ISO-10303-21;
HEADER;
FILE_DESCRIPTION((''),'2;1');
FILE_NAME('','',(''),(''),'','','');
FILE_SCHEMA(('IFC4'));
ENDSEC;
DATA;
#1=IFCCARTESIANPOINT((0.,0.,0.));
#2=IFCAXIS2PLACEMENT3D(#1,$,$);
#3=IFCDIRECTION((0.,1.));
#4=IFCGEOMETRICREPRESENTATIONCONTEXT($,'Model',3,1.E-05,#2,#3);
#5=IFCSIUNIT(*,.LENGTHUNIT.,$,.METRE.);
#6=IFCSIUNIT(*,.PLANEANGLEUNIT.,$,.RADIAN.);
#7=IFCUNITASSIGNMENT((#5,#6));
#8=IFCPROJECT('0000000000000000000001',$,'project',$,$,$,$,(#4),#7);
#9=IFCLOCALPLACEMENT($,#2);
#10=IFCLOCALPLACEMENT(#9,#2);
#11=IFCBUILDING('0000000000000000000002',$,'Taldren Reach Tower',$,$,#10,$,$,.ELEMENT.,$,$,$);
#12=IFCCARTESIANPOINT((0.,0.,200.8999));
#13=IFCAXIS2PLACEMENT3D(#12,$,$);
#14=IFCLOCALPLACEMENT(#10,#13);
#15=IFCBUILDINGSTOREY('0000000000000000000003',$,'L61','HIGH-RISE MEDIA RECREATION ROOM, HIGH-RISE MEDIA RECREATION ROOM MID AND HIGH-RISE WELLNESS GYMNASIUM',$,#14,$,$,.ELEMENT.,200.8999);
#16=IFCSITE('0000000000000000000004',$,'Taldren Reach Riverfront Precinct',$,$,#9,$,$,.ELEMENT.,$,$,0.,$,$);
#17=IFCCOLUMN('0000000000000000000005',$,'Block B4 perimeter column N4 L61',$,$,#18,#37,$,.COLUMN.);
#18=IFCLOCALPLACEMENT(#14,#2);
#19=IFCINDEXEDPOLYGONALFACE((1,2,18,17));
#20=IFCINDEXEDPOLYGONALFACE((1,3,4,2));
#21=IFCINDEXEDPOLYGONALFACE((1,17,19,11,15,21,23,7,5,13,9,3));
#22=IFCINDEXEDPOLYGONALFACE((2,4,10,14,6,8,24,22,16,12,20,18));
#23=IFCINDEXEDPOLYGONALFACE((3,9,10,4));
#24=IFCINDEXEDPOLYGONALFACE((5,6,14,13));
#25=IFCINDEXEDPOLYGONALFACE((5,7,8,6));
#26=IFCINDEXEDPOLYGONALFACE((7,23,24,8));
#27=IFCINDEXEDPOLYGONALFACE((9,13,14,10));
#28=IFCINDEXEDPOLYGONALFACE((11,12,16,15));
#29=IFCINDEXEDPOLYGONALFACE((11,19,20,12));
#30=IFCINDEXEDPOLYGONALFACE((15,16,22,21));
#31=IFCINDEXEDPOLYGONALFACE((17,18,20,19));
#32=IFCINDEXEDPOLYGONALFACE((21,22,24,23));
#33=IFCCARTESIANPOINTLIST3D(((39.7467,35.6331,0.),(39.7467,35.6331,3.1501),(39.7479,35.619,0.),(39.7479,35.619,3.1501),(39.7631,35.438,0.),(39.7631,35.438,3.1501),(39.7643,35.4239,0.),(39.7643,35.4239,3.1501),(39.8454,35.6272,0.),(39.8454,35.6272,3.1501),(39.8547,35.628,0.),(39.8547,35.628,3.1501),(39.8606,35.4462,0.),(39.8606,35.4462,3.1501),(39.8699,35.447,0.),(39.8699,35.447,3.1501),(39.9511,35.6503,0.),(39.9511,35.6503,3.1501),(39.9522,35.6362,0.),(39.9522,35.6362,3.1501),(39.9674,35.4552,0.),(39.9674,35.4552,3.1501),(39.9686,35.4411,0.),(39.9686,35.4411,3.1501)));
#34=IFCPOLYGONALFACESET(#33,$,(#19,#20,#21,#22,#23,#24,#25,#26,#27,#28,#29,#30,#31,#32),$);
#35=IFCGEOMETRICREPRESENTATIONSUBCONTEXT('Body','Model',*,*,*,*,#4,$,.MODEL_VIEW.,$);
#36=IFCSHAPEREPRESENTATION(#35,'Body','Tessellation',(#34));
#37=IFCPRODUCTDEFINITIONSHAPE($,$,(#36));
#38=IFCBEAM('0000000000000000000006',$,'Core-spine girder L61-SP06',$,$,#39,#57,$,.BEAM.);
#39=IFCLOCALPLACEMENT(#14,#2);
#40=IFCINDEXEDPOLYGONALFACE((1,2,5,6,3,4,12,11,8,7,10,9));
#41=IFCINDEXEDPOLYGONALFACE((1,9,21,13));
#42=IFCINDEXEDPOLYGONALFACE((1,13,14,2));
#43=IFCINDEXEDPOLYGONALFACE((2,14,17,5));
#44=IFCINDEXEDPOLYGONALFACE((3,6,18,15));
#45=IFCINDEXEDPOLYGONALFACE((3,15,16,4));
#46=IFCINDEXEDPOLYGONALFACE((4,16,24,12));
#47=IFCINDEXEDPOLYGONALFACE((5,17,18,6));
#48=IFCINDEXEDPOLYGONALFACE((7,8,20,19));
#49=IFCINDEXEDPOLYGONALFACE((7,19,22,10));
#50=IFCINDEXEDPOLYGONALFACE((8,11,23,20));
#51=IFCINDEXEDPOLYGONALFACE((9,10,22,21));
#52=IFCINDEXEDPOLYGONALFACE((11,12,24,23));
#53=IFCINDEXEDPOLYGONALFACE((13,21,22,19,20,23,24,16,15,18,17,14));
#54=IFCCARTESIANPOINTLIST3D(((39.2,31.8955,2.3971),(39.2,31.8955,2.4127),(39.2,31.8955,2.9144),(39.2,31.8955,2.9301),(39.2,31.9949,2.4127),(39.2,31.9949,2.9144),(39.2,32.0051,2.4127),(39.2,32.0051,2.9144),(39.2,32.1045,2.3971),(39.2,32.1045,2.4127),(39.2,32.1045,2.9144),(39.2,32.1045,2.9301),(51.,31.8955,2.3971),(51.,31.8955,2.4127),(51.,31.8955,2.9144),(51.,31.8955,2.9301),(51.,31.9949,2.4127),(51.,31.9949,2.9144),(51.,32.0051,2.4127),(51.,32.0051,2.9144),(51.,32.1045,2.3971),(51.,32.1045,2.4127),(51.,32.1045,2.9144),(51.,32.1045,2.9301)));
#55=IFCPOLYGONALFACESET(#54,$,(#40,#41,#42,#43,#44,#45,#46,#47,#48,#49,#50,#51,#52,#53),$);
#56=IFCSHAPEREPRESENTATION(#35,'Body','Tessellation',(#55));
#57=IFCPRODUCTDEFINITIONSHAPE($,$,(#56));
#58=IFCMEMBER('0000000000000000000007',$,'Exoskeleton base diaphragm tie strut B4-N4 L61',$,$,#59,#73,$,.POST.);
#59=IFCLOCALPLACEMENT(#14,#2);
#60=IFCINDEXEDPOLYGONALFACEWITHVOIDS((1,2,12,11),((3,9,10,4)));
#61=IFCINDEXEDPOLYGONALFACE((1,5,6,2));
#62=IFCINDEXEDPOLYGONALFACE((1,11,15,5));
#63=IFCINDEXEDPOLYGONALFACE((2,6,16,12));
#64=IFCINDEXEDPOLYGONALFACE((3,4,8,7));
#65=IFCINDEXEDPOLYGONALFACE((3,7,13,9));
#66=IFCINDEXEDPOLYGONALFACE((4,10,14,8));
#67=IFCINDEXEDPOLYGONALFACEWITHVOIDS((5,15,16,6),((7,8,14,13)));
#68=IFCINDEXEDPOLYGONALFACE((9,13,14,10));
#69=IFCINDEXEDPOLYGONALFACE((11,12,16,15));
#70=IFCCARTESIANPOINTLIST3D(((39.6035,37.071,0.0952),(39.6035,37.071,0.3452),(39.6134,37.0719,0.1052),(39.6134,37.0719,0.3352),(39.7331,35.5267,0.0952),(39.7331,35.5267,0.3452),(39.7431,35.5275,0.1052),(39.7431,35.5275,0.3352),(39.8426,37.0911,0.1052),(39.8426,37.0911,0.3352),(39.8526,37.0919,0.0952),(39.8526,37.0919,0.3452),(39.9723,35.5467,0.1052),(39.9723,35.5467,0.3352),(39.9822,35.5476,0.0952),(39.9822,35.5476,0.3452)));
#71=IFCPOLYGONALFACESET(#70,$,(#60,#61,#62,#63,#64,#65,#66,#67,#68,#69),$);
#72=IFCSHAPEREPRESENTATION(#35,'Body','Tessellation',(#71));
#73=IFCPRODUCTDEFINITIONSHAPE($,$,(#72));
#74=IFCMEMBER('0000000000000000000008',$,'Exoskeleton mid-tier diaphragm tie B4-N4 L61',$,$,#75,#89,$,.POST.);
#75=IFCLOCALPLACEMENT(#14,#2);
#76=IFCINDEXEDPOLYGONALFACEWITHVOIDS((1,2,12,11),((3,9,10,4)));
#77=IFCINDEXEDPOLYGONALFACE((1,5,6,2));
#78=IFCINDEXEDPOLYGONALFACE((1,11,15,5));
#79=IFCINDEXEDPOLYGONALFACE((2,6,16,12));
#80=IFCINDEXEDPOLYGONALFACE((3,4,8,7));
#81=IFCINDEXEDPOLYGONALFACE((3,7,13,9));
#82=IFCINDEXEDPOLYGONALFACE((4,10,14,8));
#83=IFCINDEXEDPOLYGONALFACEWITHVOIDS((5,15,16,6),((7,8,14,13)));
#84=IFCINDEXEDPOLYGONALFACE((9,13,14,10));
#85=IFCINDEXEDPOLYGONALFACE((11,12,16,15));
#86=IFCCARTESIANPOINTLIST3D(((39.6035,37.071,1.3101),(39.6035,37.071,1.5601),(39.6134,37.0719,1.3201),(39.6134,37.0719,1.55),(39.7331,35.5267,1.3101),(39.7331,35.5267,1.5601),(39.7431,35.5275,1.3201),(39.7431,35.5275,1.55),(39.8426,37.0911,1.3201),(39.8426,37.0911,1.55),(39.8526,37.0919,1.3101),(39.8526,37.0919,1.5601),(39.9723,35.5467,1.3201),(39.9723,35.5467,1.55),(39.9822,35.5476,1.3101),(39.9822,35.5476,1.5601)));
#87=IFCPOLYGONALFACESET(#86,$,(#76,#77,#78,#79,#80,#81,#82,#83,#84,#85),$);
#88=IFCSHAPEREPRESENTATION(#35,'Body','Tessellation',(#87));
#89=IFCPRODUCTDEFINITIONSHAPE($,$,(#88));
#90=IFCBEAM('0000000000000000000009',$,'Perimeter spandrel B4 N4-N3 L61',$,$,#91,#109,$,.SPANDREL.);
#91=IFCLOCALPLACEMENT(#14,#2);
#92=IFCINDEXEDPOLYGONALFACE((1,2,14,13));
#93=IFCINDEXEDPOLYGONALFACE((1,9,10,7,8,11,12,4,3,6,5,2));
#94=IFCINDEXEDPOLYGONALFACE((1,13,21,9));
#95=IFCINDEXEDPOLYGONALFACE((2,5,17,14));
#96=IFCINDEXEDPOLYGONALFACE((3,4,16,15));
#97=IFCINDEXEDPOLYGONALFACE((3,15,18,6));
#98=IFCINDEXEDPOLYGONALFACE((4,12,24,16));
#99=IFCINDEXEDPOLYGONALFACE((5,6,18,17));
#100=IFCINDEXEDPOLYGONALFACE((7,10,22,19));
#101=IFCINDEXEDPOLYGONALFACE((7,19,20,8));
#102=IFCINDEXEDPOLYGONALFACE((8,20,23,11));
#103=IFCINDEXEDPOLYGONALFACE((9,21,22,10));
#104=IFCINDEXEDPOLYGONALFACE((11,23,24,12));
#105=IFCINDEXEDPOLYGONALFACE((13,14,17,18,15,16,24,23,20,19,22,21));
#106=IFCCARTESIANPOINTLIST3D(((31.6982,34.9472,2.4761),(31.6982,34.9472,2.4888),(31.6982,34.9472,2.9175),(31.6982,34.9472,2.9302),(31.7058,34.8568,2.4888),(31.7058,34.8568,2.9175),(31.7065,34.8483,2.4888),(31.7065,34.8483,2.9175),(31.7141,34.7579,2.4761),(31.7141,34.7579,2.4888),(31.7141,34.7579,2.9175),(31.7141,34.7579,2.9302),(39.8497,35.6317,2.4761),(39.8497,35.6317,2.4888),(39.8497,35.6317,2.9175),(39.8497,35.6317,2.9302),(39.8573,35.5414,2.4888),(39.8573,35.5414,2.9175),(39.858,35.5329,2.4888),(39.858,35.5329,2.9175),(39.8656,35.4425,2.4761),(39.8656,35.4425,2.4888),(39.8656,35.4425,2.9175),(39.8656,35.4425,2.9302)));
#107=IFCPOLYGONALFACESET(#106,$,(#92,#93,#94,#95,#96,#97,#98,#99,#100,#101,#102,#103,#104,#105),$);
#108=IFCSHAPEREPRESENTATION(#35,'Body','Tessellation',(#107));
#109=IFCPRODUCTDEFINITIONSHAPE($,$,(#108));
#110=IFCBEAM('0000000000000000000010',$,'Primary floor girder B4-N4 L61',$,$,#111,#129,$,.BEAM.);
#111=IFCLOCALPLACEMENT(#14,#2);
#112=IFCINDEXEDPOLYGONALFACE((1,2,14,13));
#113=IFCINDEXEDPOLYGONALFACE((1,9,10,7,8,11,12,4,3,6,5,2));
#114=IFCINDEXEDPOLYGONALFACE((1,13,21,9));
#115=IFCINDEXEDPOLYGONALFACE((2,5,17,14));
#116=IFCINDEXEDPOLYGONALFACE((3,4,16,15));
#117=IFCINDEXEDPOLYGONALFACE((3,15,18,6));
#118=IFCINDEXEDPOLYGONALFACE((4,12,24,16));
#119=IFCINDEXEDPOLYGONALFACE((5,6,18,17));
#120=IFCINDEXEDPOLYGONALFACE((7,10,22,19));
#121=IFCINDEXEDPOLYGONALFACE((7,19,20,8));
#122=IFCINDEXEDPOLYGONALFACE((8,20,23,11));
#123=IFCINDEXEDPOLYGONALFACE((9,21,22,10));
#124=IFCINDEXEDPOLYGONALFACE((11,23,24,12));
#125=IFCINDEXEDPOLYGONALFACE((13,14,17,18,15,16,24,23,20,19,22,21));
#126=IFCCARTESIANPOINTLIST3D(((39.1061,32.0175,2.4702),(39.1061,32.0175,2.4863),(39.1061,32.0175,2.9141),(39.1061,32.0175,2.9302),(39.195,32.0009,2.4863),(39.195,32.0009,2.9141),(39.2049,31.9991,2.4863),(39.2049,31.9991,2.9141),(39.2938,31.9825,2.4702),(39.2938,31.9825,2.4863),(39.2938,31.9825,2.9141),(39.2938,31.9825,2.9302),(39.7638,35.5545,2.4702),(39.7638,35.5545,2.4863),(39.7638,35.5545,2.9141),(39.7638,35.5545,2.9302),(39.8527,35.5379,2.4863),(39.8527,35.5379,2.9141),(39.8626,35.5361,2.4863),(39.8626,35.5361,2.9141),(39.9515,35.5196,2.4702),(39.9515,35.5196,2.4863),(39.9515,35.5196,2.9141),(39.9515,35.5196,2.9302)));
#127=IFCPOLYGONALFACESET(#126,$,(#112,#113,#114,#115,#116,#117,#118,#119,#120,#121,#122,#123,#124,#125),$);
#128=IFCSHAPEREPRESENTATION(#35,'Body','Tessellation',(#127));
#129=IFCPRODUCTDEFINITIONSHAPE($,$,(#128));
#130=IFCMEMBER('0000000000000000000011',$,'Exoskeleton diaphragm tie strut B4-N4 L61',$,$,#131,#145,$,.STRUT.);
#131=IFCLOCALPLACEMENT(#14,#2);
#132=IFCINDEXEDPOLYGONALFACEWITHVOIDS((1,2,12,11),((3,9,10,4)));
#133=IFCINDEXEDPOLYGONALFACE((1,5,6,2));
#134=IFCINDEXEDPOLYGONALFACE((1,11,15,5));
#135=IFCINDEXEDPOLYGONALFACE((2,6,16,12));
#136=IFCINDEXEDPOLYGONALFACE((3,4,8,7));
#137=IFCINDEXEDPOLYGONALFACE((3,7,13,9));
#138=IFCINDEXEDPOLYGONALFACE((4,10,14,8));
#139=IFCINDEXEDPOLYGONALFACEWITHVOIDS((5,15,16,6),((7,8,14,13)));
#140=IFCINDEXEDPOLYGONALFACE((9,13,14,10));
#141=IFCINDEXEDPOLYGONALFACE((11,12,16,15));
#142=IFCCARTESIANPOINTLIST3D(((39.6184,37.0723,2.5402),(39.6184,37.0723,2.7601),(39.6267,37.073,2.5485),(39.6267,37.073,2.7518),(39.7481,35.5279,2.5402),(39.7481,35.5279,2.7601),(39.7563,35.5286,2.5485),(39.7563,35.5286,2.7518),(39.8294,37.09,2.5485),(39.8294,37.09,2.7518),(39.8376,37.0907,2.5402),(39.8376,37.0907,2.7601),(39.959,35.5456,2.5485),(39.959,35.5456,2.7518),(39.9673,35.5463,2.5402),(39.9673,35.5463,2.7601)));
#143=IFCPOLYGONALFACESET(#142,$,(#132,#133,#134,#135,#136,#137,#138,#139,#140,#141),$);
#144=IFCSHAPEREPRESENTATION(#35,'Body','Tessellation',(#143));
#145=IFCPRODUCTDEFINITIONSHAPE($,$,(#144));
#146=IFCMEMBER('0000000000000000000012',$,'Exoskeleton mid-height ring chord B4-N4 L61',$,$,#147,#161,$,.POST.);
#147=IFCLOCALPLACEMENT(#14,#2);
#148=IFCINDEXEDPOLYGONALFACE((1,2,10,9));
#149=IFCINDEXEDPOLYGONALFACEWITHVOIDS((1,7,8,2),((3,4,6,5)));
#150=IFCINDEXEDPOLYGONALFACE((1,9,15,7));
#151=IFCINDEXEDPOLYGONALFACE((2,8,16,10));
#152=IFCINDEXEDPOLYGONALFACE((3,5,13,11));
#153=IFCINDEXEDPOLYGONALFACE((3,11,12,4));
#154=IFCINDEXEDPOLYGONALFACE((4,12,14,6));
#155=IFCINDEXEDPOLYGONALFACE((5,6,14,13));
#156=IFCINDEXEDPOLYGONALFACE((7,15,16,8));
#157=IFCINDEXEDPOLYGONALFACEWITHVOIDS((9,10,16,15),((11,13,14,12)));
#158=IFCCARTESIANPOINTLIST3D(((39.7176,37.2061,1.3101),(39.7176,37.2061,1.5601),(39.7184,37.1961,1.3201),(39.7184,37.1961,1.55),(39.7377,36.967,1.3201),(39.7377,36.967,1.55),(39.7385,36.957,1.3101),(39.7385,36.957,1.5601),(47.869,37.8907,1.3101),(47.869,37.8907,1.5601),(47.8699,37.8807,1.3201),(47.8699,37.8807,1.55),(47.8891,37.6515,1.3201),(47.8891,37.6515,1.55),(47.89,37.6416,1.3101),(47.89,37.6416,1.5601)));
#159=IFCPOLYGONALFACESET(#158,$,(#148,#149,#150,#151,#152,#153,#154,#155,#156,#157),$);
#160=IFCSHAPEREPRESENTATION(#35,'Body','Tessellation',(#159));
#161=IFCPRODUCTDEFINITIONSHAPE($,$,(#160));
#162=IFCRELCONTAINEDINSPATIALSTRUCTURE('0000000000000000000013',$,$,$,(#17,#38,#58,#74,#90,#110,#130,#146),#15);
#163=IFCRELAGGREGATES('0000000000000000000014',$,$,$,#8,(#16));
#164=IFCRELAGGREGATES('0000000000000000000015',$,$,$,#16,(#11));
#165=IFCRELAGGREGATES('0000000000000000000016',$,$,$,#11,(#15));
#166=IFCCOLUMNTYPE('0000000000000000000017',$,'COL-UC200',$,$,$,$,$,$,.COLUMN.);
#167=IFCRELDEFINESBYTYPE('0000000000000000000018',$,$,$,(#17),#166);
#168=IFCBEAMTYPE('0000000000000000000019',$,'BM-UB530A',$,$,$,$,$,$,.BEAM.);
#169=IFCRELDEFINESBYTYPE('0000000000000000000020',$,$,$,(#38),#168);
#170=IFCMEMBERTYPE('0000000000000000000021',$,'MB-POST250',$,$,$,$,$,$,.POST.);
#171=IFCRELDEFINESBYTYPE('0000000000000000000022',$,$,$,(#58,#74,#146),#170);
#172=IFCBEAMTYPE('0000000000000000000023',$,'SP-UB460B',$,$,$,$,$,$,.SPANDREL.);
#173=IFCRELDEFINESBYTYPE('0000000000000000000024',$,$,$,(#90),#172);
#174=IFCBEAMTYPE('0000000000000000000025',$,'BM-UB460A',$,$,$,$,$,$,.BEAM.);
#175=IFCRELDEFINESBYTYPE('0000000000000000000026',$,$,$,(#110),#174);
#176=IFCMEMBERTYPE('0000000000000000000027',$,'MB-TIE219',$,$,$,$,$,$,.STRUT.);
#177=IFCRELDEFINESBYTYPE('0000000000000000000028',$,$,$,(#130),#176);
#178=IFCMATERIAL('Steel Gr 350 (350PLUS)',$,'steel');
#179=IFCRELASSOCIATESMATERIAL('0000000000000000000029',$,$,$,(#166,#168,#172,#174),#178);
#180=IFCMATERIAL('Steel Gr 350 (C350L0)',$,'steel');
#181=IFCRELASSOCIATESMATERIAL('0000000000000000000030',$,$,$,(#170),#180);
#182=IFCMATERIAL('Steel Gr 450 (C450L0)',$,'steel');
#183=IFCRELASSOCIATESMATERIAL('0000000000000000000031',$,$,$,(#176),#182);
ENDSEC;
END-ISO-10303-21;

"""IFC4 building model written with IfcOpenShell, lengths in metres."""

from ifc_helpers import new_model, si_unit, direction, frame, origin, origin_2d, place, context, subcontext, project, spatial, hollow_rectangle, i_section, extrude, source, transform, mapped, material, material_profile, profile_set, type_object, element, save


model = new_model("IFC4")

# Units and contexts
model_context = context("Model", 3, precision=1e-05, world=origin(), true_north=direction((0.0, 1.0)))
body_context = subcontext(model_context, "Body", "Model", "MODEL_VIEW")
ifc_project = project(units=[si_unit("LENGTHUNIT", "METRE"), si_unit("PLANEANGLEUNIT", "RADIAN")], contexts=[model_context])

# Site, building, storey
site_placement = place(None, origin())
site = spatial("IfcSite", under=ifc_project, at=site_placement, Name="Taldren Reach Riverfront Precinct", CompositionType="ELEMENT", RefElevation=0.0)
building_placement = place(site_placement, origin())
building = spatial("IfcBuilding", under=site, at=building_placement, Name="Taldren Reach Tower", CompositionType="ELEMENT")
storey_placement = place(building_placement, frame((0.0, 0.0, 200.8999)))
storey = spatial("IfcBuildingStorey", under=building, at=storey_placement, Name="L61", Description="HIGH-RISE MEDIA RECREATION ROOM, HIGH-RISE MEDIA RECREATION ROOM MID AND HIGH-RISE WELLNESS GYMNASIUM", CompositionType="ELEMENT", Elevation=200.8999)

# Column
ifc_material_1 = material(Name="Steel Gr 350 (350PLUS)", Category="steel")
ifc_material_profile_1 = material_profile(ifc_material_1, i_section(OverallWidth=0.2051, OverallDepth=0.21, WebThickness=0.0093, FlangeThickness=0.0142, at=origin_2d()), Name="200UC59.5")
ifc_profile_set_1 = profile_set([ifc_material_profile_1], Name="Steel Gr 350 (350PLUS)")
column_type = type_object("IfcColumnType", Name="COL-UC200", PredefinedType="COLUMN", material=ifc_profile_set_1)
shared_shape_1 = source(origin(), body_context, "Body", "SweptSolid", [
    extrude(i_section(OverallWidth=0.2051, OverallDepth=0.21, WebThickness=0.0093, FlangeThickness=0.0142, at=origin_2d()), origin(), (0.0, 0.0, 1.0), 3.1501),
])
column_placement = place(storey_placement, frame((39.8577, 35.5371, 0.0), z_axis=(0.0, 0.0, 1.0), x_axis=(0.996493, 0.083678, 0.0)))
element("IfcColumn", 1, at=column_placement, inside=storey, type_object=column_type, Name="Block B4 perimeter column N4 L61", PredefinedType="COLUMN", context=body_context, shape_type="MappedRepresentation", body=[
    mapped(shared_shape_1, transform((0.0, 0.0, 0.0), scale=1.0)),
])

# Beam
ifc_material_profile_2 = material_profile(ifc_material_1, i_section(OverallWidth=0.209, OverallDepth=0.533, WebThickness=0.0103, FlangeThickness=0.0156, at=origin_2d()), Name="530UB92.4")
ifc_profile_set_2 = profile_set([ifc_material_profile_2], Name="Steel Gr 350 (350PLUS)")
beam_type_1 = type_object("IfcBeamType", Name="BM-UB530A", PredefinedType="BEAM", material=ifc_profile_set_2)
shared_shape_2 = source(origin(), body_context, "Body", "SweptSolid", [
    extrude(i_section(OverallWidth=0.209, OverallDepth=0.533, WebThickness=0.0103, FlangeThickness=0.0156, at=origin_2d()), origin(), (0.0, 0.0, 1.0), 11.8),
])
beam_1_placement = place(storey_placement, frame((39.2, 32.0, 2.6636), z_axis=(1.0, 0.0, 0.0), x_axis=(0.0, 1.0, 0.0)))
element("IfcBeam", 2, at=beam_1_placement, inside=storey, type_object=beam_type_1, Name="Core-spine girder L61-SP06", PredefinedType="BEAM", context=body_context, shape_type="MappedRepresentation", body=[
    mapped(shared_shape_2, transform((0.0, 0.0, 0.0), scale=1.0)),
])

# Members
ifc_material_2 = material(Name="Steel Gr 350 (C350L0)", Category="steel")
ifc_material_profile_3 = material_profile(ifc_material_2, hollow_rectangle(XDim=0.25, YDim=0.25, WallThickness=0.01, at=origin_2d()), Name="250x250x10.0SHS")
ifc_profile_set_3 = profile_set([ifc_material_profile_3], Name="Steel Gr 350 (C350L0)")
member_type_1 = type_object("IfcMemberType", Name="MB-POST250", PredefinedType="POST", material=ifc_profile_set_3)
shared_shape_3 = source(origin(), body_context, "Body", "SweptSolid", [
    extrude(hollow_rectangle(XDim=0.25, YDim=0.25, WallThickness=0.01, at=origin_2d()), origin(), (0.0, 0.0, 1.0), 1.5498),
])
for number, where, z_axis, x_axis, name in (
    (3, (39.8577, 35.5371, 0.2202), (-0.083645, 0.996496, 0.0), (-0.996496, -0.083645, 0.0), "Exoskeleton base diaphragm tie strut B4-N4 L61"),
    (4, (39.8577, 35.5371, 1.4351), (-0.083645, 0.996496, 0.0), (-0.996496, -0.083645, 0.0), "Exoskeleton mid-tier diaphragm tie B4-N4 L61"),
):
    element("IfcMember", number, at=place(storey_placement, frame(where, z_axis=z_axis, x_axis=x_axis)), inside=storey, type_object=member_type_1, Name=name, PredefinedType="POST", context=body_context, shape_type="MappedRepresentation", body=[
        mapped(shared_shape_3, transform((0.0, 0.0, 0.0), scale=1.0)),
    ])

# Beams
ifc_material_profile_4 = material_profile(ifc_material_1, i_section(OverallWidth=0.1899, OverallDepth=0.4541, WebThickness=0.0085, FlangeThickness=0.0127, at=origin_2d()), Name="460UB67.1")
ifc_profile_set_4 = profile_set([ifc_material_profile_4], Name="Steel Gr 350 (350PLUS)")
beam_type_2 = type_object("IfcBeamType", Name="SP-UB460B", PredefinedType="SPANDREL", material=ifc_profile_set_4)
shared_shape_4 = source(origin(), body_context, "Body", "SweptSolid", [
    extrude(i_section(OverallWidth=0.1899, OverallDepth=0.4541, WebThickness=0.0085, FlangeThickness=0.0127, at=origin_2d()), origin(), (0.0, 0.0, 1.0), 8.1802),
])
beam_2_placement = place(storey_placement, frame((39.8577, 35.5371, 2.7031), z_axis=(-0.996492, -0.083688, 0.0), x_axis=(0.083688, -0.996492, 0.0)))
element("IfcBeam", 5, at=beam_2_placement, inside=storey, type_object=beam_type_2, Name="Perimeter spandrel B4 N4-N3 L61", PredefinedType="SPANDREL", context=body_context, shape_type="MappedRepresentation", body=[
    mapped(shared_shape_4, transform((0.0, 0.0, 0.0), scale=1.0)),
])
ifc_material_profile_5 = material_profile(ifc_material_1, i_section(OverallWidth=0.1909, OverallDepth=0.46, WebThickness=0.01, FlangeThickness=0.0161, at=origin_2d()), Name="460UB82.1")
ifc_profile_set_5 = profile_set([ifc_material_profile_5], Name="Steel Gr 350 (350PLUS)")
beam_type_3 = type_object("IfcBeamType", Name="BM-UB460A", PredefinedType="BEAM", material=ifc_profile_set_5)
shared_shape_5 = source(origin(), body_context, "Body", "SweptSolid", [
    extrude(i_section(OverallWidth=0.1909, OverallDepth=0.46, WebThickness=0.01, FlangeThickness=0.0161, at=origin_2d()), origin(), (0.0, 0.0, 1.0), 3.5977),
])
beam_3_placement = place(storey_placement, frame((39.2, 32.0, 2.7002), z_axis=(0.182813, 0.983148, 0.0), x_axis=(-0.983148, 0.182813, 0.0)))
element("IfcBeam", 6, at=beam_3_placement, inside=storey, type_object=beam_type_3, Name="Primary floor girder B4-N4 L61", PredefinedType="BEAM", context=body_context, shape_type="MappedRepresentation", body=[
    mapped(shared_shape_5, transform((0.0, 0.0, 0.0), scale=1.0)),
])

# Members
ifc_material_3 = material(Name="Steel Gr 450 (C450L0)", Category="steel")
ifc_material_profile_6 = material_profile(ifc_material_3, hollow_rectangle(XDim=0.22, YDim=0.22, WallThickness=0.0083, at=origin_2d()), Name="220x220x8.2SHS")
ifc_profile_set_6 = profile_set([ifc_material_profile_6], Name="Steel Gr 450 (C450L0)")
member_type_2 = type_object("IfcMemberType", Name="MB-TIE219", PredefinedType="STRUT", material=ifc_profile_set_6)
shared_shape_6 = source(origin(), body_context, "Body", "SweptSolid", [
    extrude(hollow_rectangle(XDim=0.22, YDim=0.22, WallThickness=0.0083, at=origin_2d()), origin(), (0.0, 0.0, 1.0), 1.5498),
])
member_1_placement = place(storey_placement, frame((39.8577, 35.5371, 2.6501), z_axis=(-0.083645, 0.996496, 0.0), x_axis=(-0.996496, -0.083645, 0.0)))
element("IfcMember", 7, at=member_1_placement, inside=storey, type_object=member_type_2, Name="Exoskeleton diaphragm tie strut B4-N4 L61", PredefinedType="STRUT", context=body_context, shape_type="MappedRepresentation", body=[
    mapped(shared_shape_6, transform((0.0, 0.0, 0.0), scale=1.0)),
])
shared_shape_7 = source(origin(), body_context, "Body", "SweptSolid", [
    extrude(hollow_rectangle(XDim=0.25, YDim=0.25, WallThickness=0.01, at=origin_2d()), origin(), (0.0, 0.0, 1.0), 8.1802),
])
member_2_placement = place(storey_placement, frame((39.728, 37.0815, 1.4351), z_axis=(0.996492, 0.083688, 0.0), x_axis=(-0.083688, 0.996492, 0.0)))
element("IfcMember", 8, at=member_2_placement, inside=storey, type_object=member_type_1, Name="Exoskeleton mid-height ring chord B4-N4 L61", PredefinedType="POST", context=body_context, shape_type="MappedRepresentation", body=[
    mapped(shared_shape_7, transform((0.0, 0.0, 0.0), scale=1.0)),
])

save(model, "model.ifc")
